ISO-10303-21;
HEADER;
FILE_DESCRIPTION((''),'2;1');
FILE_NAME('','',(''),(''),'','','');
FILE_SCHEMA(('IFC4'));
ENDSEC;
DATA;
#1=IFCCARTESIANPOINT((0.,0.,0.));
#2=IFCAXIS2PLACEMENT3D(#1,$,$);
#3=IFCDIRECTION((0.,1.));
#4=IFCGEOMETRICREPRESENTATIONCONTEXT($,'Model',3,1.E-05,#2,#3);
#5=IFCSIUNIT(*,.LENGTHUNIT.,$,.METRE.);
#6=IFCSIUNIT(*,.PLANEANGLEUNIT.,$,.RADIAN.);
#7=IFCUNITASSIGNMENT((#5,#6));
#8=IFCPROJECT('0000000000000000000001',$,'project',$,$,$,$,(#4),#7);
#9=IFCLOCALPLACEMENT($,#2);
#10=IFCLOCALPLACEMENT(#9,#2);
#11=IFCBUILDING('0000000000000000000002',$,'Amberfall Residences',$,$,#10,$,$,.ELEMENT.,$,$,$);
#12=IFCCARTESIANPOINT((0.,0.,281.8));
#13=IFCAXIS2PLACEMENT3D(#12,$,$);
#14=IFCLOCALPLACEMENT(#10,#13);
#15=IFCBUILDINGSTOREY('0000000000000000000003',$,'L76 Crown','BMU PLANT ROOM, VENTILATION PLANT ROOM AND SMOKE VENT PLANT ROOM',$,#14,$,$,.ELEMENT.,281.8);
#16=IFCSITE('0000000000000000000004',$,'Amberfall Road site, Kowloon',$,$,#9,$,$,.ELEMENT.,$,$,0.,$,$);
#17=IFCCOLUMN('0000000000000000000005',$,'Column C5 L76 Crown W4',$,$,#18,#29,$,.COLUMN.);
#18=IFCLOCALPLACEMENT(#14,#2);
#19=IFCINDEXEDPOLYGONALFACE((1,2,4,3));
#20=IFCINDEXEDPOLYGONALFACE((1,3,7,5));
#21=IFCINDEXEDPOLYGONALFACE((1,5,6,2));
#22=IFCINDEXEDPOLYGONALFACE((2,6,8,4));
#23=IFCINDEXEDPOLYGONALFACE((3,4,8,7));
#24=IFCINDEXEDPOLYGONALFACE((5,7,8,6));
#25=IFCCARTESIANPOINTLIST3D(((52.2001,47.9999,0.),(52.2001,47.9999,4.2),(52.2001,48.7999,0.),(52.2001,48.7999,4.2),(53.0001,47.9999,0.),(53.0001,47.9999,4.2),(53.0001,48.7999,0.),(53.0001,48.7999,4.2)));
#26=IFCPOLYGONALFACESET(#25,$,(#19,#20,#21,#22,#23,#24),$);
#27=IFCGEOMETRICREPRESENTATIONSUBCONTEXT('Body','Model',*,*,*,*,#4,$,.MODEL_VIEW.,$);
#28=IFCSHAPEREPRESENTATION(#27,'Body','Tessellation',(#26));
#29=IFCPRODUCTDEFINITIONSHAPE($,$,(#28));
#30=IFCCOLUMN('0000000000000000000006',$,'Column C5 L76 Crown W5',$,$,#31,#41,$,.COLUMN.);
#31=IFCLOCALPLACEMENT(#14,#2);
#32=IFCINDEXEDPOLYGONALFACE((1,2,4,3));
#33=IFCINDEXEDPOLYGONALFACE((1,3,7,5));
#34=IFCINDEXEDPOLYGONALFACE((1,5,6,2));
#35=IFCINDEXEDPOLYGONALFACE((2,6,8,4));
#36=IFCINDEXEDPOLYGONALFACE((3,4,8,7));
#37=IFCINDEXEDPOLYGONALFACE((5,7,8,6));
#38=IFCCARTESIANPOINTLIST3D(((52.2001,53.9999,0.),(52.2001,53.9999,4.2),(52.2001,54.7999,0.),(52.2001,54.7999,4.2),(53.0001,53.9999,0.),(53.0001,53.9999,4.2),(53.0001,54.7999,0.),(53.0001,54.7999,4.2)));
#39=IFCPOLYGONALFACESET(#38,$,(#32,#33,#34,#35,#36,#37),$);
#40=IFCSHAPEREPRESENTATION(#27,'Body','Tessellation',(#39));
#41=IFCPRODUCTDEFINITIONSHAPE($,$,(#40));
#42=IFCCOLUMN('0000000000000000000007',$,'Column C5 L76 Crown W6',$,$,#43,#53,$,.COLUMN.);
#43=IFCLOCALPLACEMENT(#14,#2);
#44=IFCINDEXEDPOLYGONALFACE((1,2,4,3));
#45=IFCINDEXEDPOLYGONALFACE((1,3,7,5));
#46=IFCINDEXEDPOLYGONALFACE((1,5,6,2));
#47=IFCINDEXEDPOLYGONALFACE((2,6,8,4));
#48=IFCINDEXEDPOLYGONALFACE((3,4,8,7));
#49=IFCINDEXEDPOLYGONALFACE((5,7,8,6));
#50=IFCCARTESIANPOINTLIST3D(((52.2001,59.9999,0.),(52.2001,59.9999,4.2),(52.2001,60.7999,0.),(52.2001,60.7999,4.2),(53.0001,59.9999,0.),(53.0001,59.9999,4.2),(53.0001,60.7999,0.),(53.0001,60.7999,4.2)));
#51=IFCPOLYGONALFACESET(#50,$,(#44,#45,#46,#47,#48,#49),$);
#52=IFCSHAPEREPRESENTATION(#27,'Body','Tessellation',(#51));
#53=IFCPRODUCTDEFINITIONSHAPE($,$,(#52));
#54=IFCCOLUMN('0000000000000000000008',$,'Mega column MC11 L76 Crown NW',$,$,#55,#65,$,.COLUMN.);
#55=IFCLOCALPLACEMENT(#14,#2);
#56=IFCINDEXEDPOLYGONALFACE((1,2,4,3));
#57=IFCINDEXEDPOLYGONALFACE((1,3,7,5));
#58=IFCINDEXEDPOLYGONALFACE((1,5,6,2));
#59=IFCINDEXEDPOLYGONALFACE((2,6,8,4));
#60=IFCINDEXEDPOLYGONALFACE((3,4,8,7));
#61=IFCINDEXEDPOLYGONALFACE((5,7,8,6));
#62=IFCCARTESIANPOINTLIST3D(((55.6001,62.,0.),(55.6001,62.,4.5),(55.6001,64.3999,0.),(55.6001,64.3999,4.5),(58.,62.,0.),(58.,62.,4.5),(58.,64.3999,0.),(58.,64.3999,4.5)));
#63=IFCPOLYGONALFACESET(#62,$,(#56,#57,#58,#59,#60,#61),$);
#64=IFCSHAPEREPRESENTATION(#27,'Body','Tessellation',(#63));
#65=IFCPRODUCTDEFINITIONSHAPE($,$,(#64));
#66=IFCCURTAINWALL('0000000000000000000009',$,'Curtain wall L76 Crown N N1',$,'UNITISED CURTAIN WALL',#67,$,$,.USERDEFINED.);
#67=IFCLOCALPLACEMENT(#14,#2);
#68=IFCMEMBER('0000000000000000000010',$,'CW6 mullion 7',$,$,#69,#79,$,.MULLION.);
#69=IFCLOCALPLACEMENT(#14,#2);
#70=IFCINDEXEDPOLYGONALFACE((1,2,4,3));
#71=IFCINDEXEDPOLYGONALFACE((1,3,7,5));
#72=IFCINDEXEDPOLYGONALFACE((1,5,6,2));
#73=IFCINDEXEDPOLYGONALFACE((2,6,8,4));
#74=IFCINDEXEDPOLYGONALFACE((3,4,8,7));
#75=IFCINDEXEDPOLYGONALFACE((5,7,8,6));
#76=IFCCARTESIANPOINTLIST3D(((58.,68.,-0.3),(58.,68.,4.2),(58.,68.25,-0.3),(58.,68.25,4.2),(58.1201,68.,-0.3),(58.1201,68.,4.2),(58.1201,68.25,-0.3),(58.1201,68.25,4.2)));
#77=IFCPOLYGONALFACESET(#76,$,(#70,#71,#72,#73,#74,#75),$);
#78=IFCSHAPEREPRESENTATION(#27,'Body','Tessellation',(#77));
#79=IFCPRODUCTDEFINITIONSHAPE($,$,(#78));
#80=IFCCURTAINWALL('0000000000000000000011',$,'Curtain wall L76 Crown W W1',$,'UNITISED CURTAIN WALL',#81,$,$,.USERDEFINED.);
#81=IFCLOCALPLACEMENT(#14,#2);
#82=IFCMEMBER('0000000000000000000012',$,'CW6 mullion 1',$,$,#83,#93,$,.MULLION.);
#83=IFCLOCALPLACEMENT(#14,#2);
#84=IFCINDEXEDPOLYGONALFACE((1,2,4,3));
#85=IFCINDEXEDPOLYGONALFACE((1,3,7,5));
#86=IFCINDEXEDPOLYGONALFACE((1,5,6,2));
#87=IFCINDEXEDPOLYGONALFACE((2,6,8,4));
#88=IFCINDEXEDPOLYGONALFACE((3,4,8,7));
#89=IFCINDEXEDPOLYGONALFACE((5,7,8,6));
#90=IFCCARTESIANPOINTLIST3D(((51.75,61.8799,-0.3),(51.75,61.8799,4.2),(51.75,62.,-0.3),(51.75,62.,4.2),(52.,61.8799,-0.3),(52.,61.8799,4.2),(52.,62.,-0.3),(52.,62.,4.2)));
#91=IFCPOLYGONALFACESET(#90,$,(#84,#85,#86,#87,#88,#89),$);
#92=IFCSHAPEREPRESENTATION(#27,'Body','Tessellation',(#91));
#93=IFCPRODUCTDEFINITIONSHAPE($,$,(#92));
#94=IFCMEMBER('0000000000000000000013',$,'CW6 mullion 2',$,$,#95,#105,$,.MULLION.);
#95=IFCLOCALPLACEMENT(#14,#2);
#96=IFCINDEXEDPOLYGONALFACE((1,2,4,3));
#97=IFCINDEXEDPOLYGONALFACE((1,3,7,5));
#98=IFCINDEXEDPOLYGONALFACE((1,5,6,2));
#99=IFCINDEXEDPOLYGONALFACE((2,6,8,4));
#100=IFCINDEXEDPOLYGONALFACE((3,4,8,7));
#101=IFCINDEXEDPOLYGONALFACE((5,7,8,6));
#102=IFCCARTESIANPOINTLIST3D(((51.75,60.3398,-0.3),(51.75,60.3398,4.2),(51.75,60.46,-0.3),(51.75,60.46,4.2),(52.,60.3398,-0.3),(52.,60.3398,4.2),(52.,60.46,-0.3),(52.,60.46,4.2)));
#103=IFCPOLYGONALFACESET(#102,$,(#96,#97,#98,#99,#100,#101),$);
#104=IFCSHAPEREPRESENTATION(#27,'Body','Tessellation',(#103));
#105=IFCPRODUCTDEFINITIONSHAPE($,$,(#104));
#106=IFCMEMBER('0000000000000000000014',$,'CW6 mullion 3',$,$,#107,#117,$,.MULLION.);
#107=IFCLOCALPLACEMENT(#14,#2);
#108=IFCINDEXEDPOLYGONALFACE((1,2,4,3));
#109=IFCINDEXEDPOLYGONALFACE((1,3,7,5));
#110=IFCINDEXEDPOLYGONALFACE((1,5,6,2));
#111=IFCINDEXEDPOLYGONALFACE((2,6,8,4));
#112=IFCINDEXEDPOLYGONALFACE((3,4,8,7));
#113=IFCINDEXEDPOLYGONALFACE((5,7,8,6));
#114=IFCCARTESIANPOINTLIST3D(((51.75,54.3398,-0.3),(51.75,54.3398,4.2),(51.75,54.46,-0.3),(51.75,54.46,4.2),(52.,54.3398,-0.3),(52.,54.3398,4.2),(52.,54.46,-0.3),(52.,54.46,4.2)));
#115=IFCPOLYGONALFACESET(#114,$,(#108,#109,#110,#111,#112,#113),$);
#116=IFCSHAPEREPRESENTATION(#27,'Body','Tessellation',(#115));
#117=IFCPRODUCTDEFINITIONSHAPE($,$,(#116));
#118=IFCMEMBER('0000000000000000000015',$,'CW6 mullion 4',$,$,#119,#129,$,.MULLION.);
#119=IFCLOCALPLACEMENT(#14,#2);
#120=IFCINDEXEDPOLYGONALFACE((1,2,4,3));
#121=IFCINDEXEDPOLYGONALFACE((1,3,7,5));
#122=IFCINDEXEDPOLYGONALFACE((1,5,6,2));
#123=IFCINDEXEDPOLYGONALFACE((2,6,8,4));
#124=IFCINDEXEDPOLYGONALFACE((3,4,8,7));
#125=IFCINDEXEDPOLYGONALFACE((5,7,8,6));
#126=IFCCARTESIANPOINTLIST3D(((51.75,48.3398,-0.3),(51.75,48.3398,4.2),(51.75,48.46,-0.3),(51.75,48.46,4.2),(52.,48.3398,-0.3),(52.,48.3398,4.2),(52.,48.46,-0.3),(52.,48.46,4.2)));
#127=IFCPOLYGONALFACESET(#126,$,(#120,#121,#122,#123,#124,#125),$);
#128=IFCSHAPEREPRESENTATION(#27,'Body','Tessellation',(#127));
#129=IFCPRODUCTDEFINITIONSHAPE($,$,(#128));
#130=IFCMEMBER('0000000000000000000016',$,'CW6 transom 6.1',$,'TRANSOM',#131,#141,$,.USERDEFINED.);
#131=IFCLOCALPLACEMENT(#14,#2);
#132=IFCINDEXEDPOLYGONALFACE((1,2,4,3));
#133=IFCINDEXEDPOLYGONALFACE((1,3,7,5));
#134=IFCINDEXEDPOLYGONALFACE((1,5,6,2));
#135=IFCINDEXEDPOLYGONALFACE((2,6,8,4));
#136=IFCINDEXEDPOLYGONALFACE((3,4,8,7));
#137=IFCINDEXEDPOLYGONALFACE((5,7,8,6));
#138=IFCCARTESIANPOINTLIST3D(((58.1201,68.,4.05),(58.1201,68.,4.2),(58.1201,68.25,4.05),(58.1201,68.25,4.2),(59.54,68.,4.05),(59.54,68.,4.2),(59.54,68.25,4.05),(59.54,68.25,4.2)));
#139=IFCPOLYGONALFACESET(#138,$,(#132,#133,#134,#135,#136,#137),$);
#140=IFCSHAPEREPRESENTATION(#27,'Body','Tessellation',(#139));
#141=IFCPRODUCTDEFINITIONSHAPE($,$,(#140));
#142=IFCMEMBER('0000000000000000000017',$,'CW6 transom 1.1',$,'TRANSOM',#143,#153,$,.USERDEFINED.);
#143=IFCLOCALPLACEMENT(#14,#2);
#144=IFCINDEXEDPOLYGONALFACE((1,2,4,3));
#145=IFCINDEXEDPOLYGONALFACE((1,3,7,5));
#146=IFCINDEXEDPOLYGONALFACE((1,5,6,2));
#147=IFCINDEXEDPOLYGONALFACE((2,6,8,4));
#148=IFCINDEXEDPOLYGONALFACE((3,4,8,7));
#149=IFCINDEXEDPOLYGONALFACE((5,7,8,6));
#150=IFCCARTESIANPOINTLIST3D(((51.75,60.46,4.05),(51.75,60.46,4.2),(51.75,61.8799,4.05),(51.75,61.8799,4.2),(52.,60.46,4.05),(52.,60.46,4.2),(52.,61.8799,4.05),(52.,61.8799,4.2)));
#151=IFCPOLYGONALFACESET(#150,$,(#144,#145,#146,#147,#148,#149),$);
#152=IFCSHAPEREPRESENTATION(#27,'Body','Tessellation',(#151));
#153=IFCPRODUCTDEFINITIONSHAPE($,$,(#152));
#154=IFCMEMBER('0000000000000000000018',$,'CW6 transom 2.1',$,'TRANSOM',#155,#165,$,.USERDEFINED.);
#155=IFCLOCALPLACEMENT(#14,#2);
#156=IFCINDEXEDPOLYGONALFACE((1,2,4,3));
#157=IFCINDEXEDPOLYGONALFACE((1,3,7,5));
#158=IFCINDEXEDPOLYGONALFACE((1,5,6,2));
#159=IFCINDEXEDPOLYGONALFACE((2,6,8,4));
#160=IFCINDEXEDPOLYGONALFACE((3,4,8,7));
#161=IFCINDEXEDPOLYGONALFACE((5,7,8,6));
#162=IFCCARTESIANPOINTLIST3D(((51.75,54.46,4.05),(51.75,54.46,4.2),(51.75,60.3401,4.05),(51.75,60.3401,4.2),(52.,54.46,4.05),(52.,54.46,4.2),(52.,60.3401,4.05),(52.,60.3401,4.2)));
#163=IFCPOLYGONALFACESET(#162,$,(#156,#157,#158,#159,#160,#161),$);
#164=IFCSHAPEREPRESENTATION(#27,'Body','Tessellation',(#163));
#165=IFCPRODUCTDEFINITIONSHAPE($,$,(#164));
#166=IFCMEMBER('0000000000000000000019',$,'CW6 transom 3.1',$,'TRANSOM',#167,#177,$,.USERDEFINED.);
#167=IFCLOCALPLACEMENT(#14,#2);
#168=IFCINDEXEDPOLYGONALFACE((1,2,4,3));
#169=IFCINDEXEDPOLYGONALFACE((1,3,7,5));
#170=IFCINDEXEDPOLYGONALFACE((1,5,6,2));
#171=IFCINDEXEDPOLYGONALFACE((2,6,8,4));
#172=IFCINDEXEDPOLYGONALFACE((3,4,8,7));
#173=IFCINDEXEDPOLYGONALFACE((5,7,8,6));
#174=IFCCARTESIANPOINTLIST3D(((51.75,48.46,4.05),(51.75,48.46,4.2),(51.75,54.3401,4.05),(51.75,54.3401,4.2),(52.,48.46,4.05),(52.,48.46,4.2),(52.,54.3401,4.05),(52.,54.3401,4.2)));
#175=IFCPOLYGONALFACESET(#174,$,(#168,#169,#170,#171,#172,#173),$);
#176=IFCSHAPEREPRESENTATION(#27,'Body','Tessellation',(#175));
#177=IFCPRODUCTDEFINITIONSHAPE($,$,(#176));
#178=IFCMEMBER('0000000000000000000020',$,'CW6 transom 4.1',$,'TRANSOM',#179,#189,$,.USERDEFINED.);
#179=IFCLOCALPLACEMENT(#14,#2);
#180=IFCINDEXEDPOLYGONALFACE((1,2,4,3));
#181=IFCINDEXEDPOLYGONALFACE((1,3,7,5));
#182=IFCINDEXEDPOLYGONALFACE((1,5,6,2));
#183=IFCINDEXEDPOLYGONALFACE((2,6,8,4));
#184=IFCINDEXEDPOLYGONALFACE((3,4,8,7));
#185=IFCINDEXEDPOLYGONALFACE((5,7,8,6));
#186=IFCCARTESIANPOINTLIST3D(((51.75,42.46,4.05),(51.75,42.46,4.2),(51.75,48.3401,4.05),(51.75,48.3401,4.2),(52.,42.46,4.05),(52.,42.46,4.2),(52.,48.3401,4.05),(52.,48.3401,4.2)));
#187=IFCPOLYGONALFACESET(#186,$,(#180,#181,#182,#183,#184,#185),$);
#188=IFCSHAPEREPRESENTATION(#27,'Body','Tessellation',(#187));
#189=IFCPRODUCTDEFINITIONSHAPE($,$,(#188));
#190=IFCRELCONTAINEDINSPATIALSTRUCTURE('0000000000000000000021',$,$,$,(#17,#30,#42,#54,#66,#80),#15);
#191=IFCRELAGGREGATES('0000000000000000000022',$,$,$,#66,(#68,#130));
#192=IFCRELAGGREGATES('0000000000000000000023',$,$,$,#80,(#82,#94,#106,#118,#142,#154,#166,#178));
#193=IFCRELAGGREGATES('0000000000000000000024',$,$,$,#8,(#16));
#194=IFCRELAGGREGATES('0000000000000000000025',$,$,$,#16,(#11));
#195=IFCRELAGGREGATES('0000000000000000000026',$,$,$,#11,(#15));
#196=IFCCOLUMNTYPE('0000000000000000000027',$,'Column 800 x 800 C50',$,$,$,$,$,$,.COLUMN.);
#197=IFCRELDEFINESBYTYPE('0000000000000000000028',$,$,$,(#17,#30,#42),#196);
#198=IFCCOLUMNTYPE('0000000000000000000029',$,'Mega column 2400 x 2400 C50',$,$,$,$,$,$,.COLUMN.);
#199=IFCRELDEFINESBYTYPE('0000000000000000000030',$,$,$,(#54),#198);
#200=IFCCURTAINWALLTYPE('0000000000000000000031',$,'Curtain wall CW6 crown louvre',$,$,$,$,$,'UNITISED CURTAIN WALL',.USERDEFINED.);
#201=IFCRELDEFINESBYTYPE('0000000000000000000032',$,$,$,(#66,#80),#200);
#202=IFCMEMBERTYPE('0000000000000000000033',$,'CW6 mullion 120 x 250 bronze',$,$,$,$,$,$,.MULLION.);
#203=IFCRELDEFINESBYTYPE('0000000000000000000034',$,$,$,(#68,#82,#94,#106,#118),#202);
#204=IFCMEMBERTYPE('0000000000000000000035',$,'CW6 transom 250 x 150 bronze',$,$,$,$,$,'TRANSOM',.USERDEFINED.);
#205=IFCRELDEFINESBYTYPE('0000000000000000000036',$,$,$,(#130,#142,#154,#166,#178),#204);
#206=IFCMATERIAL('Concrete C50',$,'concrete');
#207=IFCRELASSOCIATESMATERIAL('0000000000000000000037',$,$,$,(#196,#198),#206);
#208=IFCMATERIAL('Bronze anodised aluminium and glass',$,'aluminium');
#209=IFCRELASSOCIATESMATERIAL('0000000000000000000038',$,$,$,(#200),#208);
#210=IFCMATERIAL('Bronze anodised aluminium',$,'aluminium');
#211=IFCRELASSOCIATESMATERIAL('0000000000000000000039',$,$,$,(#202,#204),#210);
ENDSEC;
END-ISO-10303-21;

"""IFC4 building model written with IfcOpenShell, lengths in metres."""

from ifc_helpers import new_model, si_unit, direction, frame, origin, origin_2d, place, context, subcontext, project, spatial, rectangle, extrude, material, material_profile, profile_set, type_object, element, aggregate, save


model = new_model("IFC4")

# Units and contexts
model_context = context("Model", 3, precision=1e-05, world=origin(), true_north=direction((0.0, 1.0)))
body_context = subcontext(model_context, "Body", "Model", "MODEL_VIEW")
ifc_project = project(units=[si_unit("LENGTHUNIT", "METRE"), si_unit("PLANEANGLEUNIT", "RADIAN")], contexts=[model_context])

# Site, building, storey
site_placement = place(None, origin())
site = spatial("IfcSite", under=ifc_project, at=site_placement, Name="Amberfall Road site, Kowloon", CompositionType="ELEMENT", RefElevation=0.0)
building_placement = place(site_placement, origin())
building = spatial("IfcBuilding", under=site, at=building_placement, Name="Amberfall Residences", CompositionType="ELEMENT")
storey_placement = place(building_placement, frame((0.0, 0.0, 281.8)))
storey = spatial("IfcBuildingStorey", under=building, at=storey_placement, Name="L76 Crown", Description="BMU PLANT ROOM, VENTILATION PLANT ROOM AND SMOKE VENT PLANT ROOM", CompositionType="ELEMENT", Elevation=281.8)

# Columns
ifc_material_1 = material(Name="Concrete C50", Category="concrete")
ifc_material_profile_1 = material_profile(ifc_material_1, rectangle(XDim=0.8, YDim=0.8, at=origin_2d()), Name="Column 800 x 800 C50")
ifc_profile_set_1 = profile_set([ifc_material_profile_1], Name="Concrete C50")
column_type_1 = type_object("IfcColumnType", Name="Column 800 x 800 C50", PredefinedType="COLUMN", material=ifc_profile_set_1)
for number, where, z_axis, x_axis, name in (
    (1, (52.6001, 48.3999, 0.0), (0.0, 0.0, 1.0), (1.0, 0.0, 0.0), "Column C5 L76 Crown W4"),
    (2, (52.6001, 54.3999, 0.0), (0.0, 0.0, 1.0), (1.0, 0.0, 0.0), "Column C5 L76 Crown W5"),
    (3, (52.6001, 60.3999, 0.0), (0.0, 0.0, 1.0), (1.0, 0.0, 0.0), "Column C5 L76 Crown W6"),
):
    element("IfcColumn", number, at=place(storey_placement, frame(where, z_axis=z_axis, x_axis=x_axis)), inside=storey, type_object=column_type_1, Name=name, PredefinedType="COLUMN", context=body_context, shape_type="SweptSolid", body=[
        extrude(rectangle(XDim=0.8, YDim=0.8, at=origin_2d()), origin(), (0.0, 0.0, 1.0), 4.2),
    ])
ifc_material_profile_2 = material_profile(ifc_material_1, rectangle(XDim=2.3999, YDim=2.3999, at=origin_2d()), Name="Mega column 2400 x 2400 C50")
ifc_profile_set_2 = profile_set([ifc_material_profile_2], Name="Concrete C50")
column_type_2 = type_object("IfcColumnType", Name="Mega column 2400 x 2400 C50", PredefinedType="COLUMN", material=ifc_profile_set_2)
column_placement = place(storey_placement, frame((56.8, 63.2, 0.0), z_axis=(0.0, 0.0, 1.0), x_axis=(1.0, 0.0, 0.0)))
element("IfcColumn", 4, at=column_placement, inside=storey, type_object=column_type_2, Name="Mega column MC11 L76 Crown NW", PredefinedType="COLUMN", context=body_context, shape_type="SweptSolid", body=[
    extrude(rectangle(XDim=2.3999, YDim=2.3999, at=origin_2d()), origin(), (0.0, 0.0, 1.0), 4.5),
])

# Curtain wall, member
ifc_material_2 = material(Name="Bronze anodised aluminium and glass", Category="aluminium")
curtain_wall_type = type_object("IfcCurtainWallType", Name="Curtain wall CW6 crown louvre", ElementType="UNITISED CURTAIN WALL", PredefinedType="USERDEFINED", material=ifc_material_2)
curtain_wall_1_placement = place(storey_placement, origin())
curtain_wall_1 = element("IfcCurtainWall", 5, at=curtain_wall_1_placement, inside=storey, type_object=curtain_wall_type, Name="Curtain wall L76 Crown N N1", ObjectType="UNITISED CURTAIN WALL", PredefinedType="USERDEFINED")
ifc_material_3 = material(Name="Bronze anodised aluminium", Category="aluminium")
ifc_material_profile_3 = material_profile(ifc_material_3, rectangle(XDim=0.25, YDim=0.1201, at=origin_2d()), Name="CW6 mullion 120 x 250 bronze")
ifc_profile_set_3 = profile_set([ifc_material_profile_3], Name="Bronze anodised aluminium")
member_type_1 = type_object("IfcMemberType", Name="CW6 mullion 120 x 250 bronze", PredefinedType="MULLION", material=ifc_profile_set_3)
member_1_placement = place(storey_placement, frame((58.0601, 68.125, -0.3), z_axis=(0.0, 0.0, 1.0), x_axis=(0.0, -1.0, 0.0)))
member_1 = element("IfcMember", 6, at=member_1_placement, type_object=member_type_1, Name="CW6 mullion 7", PredefinedType="MULLION", context=body_context, shape_type="SweptSolid", body=[
    extrude(rectangle(XDim=0.25, YDim=0.1201, at=origin_2d()), origin(), (0.0, 0.0, 1.0), 4.5),
])

# Curtain wall, members
curtain_wall_2_placement = place(storey_placement, origin())
curtain_wall_2 = element("IfcCurtainWall", 7, at=curtain_wall_2_placement, inside=storey, type_object=curtain_wall_type, Name="Curtain wall L76 Crown W W1", ObjectType="UNITISED CURTAIN WALL", PredefinedType="USERDEFINED")
member_2_placement = place(storey_placement, frame((51.875, 61.9399, -0.3), z_axis=(0.0, 0.0, 1.0), x_axis=(1.0, 0.0, 0.0)))
member_2 = element("IfcMember", 8, at=member_2_placement, type_object=member_type_1, Name="CW6 mullion 1", PredefinedType="MULLION", context=body_context, shape_type="SweptSolid", body=[
    extrude(rectangle(XDim=0.25, YDim=0.1201, at=origin_2d()), origin(), (0.0, 0.0, 1.0), 4.5),
])
member_3_placement = place(storey_placement, frame((51.875, 60.3999, -0.3), z_axis=(0.0, 0.0, 1.0), x_axis=(1.0, 0.0, 0.0)))
member_3 = element("IfcMember", 9, at=member_3_placement, type_object=member_type_1, Name="CW6 mullion 2", PredefinedType="MULLION", context=body_context, shape_type="SweptSolid", body=[
    extrude(rectangle(XDim=0.25, YDim=0.1201, at=origin_2d()), origin(), (0.0, 0.0, 1.0), 4.5),
])
member_4_placement = place(storey_placement, frame((51.875, 54.3999, -0.3), z_axis=(0.0, 0.0, 1.0), x_axis=(1.0, 0.0, 0.0)))
member_4 = element("IfcMember", 10, at=member_4_placement, type_object=member_type_1, Name="CW6 mullion 3", PredefinedType="MULLION", context=body_context, shape_type="SweptSolid", body=[
    extrude(rectangle(XDim=0.25, YDim=0.1201, at=origin_2d()), origin(), (0.0, 0.0, 1.0), 4.5),
])
member_5_placement = place(storey_placement, frame((51.875, 48.3999, -0.3), z_axis=(0.0, 0.0, 1.0), x_axis=(1.0, 0.0, 0.0)))
member_5 = element("IfcMember", 11, at=member_5_placement, type_object=member_type_1, Name="CW6 mullion 4", PredefinedType="MULLION", context=body_context, shape_type="SweptSolid", body=[
    extrude(rectangle(XDim=0.25, YDim=0.1201, at=origin_2d()), origin(), (0.0, 0.0, 1.0), 4.5),
])

# Members
ifc_material_profile_4 = material_profile(ifc_material_3, rectangle(XDim=0.25, YDim=0.1499, at=origin_2d()), Name="CW6 transom 250 x 150 bronze")
ifc_profile_set_4 = profile_set([ifc_material_profile_4], Name="Bronze anodised aluminium")
member_type_2 = type_object("IfcMemberType", Name="CW6 transom 250 x 150 bronze", ElementType="TRANSOM", PredefinedType="USERDEFINED", material=ifc_profile_set_4)
member_6_placement = place(storey_placement, frame((59.54, 68.125, 4.125), z_axis=(-1.0, 0.0, 0.0), x_axis=(0.0, -1.0, 0.0)))
member_6 = element("IfcMember", 12, at=member_6_placement, type_object=member_type_2, Name="CW6 transom 6.1", ObjectType="TRANSOM", PredefinedType="USERDEFINED", context=body_context, shape_type="SweptSolid", body=[
    extrude(rectangle(XDim=0.25, YDim=0.1499, at=origin_2d()), origin(), (0.0, 0.0, 1.0), 1.4199),
])
member_7_placement = place(storey_placement, frame((51.875, 61.8799, 4.125), z_axis=(0.0, -1.0, 0.0), x_axis=(1.0, 0.0, 0.0)))
member_7 = element("IfcMember", 13, at=member_7_placement, type_object=member_type_2, Name="CW6 transom 1.1", ObjectType="TRANSOM", PredefinedType="USERDEFINED", context=body_context, shape_type="SweptSolid", body=[
    extrude(rectangle(XDim=0.25, YDim=0.1499, at=origin_2d()), origin(), (0.0, 0.0, 1.0), 1.4199),
])
member_8_placement = place(storey_placement, frame((51.875, 60.3401, 4.125), z_axis=(0.0, -1.0, 0.0), x_axis=(1.0, 0.0, 0.0)))
member_8 = element("IfcMember", 14, at=member_8_placement, type_object=member_type_2, Name="CW6 transom 2.1", ObjectType="TRANSOM", PredefinedType="USERDEFINED", context=body_context, shape_type="SweptSolid", body=[
    extrude(rectangle(XDim=0.25, YDim=0.1499, at=origin_2d()), origin(), (0.0, 0.0, 1.0), 5.8801),
])
member_9_placement = place(storey_placement, frame((51.875, 54.3401, 4.125), z_axis=(0.0, -1.0, 0.0), x_axis=(1.0, 0.0, 0.0)))
member_9 = element("IfcMember", 15, at=member_9_placement, type_object=member_type_2, Name="CW6 transom 3.1", ObjectType="TRANSOM", PredefinedType="USERDEFINED", context=body_context, shape_type="SweptSolid", body=[
    extrude(rectangle(XDim=0.25, YDim=0.1499, at=origin_2d()), origin(), (0.0, 0.0, 1.0), 5.8801),
])
member_10_placement = place(storey_placement, frame((51.875, 48.3401, 4.125), z_axis=(0.0, -1.0, 0.0), x_axis=(1.0, 0.0, 0.0)))
member_10 = element("IfcMember", 16, at=member_10_placement, type_object=member_type_2, Name="CW6 transom 4.1", ObjectType="TRANSOM", PredefinedType="USERDEFINED", context=body_context, shape_type="SweptSolid", body=[
    extrude(rectangle(XDim=0.25, YDim=0.1499, at=origin_2d()), origin(), (0.0, 0.0, 1.0), 5.8801),
])

aggregate(curtain_wall_1, [member_1, member_6])
aggregate(curtain_wall_2, [member_2, member_3, member_4, member_5, member_7, member_8, member_9, member_10])

save(model, "model.ifc")
